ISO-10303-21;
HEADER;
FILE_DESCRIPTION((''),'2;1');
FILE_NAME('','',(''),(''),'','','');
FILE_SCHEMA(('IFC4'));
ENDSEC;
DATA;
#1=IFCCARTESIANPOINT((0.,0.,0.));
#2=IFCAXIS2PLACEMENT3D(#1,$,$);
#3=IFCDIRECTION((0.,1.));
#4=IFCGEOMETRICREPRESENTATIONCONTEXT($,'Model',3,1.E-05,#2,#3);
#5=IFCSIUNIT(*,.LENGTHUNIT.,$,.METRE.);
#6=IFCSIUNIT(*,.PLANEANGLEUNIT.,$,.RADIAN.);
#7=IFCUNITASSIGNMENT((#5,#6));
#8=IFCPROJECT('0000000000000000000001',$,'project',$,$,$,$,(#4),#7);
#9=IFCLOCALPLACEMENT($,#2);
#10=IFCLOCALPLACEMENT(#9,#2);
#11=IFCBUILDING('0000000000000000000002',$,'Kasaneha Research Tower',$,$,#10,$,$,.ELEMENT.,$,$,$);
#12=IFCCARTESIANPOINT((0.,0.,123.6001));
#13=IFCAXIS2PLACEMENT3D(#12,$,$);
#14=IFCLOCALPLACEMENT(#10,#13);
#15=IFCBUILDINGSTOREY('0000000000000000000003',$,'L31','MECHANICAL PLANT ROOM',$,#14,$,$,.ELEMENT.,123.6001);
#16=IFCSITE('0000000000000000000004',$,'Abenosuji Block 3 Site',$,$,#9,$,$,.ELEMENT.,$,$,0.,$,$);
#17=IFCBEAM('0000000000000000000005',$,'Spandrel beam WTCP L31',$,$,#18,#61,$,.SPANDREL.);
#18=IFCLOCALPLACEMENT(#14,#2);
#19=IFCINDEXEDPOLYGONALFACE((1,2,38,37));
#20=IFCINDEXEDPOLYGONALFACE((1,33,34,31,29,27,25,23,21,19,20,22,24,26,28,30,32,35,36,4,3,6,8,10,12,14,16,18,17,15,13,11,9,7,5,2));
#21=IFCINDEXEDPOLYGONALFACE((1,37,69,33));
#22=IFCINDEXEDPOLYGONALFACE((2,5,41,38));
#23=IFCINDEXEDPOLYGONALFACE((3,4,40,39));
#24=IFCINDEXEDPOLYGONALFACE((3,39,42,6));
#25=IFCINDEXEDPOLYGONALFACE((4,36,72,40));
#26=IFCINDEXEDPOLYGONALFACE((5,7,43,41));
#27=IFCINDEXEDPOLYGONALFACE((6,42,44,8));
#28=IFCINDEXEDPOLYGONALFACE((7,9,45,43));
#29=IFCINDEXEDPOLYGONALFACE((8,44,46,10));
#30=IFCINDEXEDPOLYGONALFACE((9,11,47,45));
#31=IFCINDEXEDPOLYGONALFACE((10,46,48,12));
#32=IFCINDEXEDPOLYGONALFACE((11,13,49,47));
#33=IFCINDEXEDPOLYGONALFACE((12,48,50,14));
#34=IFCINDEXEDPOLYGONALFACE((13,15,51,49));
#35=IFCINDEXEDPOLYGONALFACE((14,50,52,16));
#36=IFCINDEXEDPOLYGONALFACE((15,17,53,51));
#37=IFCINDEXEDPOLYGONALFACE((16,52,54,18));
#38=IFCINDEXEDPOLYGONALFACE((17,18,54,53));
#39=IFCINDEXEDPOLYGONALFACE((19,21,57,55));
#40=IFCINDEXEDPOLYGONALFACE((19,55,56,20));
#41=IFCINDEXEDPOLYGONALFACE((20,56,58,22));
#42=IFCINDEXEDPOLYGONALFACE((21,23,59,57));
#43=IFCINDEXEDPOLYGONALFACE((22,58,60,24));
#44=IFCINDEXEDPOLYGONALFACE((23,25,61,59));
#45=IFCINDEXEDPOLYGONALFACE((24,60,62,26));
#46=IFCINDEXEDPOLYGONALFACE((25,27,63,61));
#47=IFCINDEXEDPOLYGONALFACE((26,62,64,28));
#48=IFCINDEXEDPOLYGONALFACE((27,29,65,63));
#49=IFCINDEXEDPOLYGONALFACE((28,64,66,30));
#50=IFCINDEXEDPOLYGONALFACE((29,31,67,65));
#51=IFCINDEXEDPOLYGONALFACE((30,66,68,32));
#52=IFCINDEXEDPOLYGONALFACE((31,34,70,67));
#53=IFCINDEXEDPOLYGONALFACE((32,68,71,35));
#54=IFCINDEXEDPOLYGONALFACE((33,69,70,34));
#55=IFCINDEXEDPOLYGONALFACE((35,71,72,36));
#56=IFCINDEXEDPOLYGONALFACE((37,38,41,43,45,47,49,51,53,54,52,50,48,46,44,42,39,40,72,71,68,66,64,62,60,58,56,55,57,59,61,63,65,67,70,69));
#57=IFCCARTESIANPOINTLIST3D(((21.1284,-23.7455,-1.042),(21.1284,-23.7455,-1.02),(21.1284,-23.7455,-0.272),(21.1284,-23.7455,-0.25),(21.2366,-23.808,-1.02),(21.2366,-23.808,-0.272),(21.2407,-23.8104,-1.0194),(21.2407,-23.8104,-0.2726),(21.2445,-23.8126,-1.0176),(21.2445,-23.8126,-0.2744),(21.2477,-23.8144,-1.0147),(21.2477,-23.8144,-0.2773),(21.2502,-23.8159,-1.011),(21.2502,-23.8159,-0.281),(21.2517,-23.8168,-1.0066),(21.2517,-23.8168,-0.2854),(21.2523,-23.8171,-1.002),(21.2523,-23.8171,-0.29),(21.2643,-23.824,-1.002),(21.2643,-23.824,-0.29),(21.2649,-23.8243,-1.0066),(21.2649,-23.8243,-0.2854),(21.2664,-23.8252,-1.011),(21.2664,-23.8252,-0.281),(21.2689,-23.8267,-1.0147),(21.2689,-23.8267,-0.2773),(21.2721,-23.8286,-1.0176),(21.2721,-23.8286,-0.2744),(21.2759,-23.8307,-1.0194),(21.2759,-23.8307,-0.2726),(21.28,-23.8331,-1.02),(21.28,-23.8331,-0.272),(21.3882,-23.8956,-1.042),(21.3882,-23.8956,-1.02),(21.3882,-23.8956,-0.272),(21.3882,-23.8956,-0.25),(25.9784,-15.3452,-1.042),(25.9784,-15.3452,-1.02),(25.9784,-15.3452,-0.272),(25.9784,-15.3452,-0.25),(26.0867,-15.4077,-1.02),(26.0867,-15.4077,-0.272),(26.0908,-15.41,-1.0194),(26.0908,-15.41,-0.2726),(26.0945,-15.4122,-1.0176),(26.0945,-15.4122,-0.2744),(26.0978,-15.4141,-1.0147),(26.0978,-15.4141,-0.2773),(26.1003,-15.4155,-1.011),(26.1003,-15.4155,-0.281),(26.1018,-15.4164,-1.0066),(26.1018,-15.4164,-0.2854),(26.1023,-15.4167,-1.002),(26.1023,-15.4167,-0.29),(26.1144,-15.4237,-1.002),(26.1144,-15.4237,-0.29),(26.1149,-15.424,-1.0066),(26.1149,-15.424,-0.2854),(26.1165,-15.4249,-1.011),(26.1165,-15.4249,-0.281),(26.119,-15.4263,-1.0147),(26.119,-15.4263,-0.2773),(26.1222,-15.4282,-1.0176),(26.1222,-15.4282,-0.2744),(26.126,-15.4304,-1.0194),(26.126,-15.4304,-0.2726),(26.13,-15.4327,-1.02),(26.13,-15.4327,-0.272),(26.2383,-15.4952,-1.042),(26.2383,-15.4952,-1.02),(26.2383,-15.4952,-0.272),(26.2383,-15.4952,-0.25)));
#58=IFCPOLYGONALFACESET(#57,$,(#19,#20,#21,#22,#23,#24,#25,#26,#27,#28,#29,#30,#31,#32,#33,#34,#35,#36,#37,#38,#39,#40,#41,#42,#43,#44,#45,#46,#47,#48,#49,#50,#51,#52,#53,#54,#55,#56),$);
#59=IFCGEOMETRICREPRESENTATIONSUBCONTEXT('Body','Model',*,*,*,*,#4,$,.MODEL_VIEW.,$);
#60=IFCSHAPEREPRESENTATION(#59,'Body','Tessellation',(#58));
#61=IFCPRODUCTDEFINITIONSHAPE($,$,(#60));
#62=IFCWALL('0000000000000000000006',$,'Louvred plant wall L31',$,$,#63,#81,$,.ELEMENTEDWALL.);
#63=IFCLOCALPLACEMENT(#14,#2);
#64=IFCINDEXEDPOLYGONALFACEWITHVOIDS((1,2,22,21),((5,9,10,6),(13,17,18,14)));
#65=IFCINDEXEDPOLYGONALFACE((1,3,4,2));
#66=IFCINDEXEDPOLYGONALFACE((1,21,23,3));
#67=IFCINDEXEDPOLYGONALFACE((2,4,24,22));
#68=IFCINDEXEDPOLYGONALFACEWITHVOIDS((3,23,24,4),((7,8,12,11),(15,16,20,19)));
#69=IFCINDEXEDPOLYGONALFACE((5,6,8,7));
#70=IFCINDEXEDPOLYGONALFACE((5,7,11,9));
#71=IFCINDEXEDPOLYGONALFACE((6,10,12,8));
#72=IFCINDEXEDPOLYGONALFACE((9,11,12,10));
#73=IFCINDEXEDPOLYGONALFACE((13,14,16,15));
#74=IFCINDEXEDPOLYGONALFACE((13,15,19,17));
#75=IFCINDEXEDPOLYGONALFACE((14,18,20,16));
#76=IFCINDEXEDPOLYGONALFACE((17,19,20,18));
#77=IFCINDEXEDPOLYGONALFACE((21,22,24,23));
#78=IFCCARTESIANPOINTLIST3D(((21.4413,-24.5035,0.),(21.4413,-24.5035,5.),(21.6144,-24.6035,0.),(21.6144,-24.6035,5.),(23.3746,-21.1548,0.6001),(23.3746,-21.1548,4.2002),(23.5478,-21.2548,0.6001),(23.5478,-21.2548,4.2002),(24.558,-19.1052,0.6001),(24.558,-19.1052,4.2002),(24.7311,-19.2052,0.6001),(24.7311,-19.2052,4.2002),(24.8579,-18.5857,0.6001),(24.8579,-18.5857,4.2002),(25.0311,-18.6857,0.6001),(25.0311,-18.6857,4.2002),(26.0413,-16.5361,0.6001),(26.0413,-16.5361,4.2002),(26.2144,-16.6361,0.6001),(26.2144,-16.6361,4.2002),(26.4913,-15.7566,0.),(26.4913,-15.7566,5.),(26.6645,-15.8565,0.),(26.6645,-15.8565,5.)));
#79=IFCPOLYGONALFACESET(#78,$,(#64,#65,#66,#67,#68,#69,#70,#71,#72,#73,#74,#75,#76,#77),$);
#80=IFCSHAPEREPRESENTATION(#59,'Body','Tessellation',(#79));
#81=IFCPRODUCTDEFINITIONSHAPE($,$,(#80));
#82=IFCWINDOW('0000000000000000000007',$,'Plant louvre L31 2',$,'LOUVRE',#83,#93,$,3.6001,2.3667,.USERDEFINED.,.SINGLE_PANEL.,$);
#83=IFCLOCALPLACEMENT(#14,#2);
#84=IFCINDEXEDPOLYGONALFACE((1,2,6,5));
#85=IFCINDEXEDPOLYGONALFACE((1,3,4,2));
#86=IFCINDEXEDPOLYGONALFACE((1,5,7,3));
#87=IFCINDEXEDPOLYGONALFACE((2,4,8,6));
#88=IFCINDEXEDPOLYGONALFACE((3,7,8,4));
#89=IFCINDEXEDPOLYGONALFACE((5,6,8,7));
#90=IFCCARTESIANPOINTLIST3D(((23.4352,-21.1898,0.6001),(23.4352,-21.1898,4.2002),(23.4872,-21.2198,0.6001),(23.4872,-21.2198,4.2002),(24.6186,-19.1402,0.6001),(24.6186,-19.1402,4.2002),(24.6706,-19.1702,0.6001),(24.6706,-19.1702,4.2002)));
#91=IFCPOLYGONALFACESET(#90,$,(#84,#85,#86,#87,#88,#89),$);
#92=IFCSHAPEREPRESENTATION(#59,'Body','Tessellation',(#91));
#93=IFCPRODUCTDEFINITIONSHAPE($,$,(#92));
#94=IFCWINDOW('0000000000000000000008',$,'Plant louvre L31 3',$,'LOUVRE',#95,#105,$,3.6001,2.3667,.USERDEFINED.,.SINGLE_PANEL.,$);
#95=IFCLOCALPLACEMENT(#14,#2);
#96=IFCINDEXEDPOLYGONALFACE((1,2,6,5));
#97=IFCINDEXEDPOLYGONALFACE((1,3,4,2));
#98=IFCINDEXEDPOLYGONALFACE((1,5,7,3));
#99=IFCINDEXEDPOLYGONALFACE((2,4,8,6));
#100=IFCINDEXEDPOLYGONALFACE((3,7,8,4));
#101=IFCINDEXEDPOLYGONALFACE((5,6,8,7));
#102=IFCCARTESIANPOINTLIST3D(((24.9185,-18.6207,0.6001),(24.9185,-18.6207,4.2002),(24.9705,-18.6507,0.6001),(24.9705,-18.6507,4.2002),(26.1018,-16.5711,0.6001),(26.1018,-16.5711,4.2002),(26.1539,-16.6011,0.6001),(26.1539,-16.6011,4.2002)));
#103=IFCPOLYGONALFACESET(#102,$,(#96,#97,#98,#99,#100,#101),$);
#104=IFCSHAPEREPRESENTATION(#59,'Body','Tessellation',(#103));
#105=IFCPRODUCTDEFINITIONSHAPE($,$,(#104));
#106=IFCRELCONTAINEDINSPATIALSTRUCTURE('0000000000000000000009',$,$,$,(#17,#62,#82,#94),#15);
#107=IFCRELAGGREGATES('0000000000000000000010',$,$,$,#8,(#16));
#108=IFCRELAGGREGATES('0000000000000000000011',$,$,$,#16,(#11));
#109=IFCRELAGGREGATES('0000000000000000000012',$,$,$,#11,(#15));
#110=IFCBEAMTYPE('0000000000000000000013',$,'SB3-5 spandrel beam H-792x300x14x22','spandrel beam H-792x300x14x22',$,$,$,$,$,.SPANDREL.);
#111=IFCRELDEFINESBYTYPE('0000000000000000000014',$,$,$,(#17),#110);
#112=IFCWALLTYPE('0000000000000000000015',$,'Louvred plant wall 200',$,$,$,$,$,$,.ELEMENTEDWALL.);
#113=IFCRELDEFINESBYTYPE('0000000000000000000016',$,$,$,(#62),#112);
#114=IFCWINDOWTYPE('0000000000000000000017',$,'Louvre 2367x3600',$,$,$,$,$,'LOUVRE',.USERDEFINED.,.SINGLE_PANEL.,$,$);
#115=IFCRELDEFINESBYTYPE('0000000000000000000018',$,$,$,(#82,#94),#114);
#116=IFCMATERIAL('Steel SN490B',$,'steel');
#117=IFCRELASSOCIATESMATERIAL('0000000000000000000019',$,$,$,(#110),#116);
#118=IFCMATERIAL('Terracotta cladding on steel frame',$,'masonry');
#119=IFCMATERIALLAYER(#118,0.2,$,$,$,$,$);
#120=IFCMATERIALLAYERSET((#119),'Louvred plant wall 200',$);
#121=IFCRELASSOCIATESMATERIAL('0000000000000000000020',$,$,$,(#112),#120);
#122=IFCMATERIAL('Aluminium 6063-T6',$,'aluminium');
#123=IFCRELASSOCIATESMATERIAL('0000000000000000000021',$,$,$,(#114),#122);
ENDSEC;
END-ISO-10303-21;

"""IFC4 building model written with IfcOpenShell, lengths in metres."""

from ifc_helpers import new_model, si_unit, direction, frame, frame_2d, origin, origin_2d, place, context, subcontext, project, spatial, rectangle, i_section, extrude, material, layer, layer_set, material_profile, profile_set, type_object, element, fill, save


model = new_model("IFC4")

# Units and contexts
model_context = context("Model", 3, precision=1e-05, world=origin(), true_north=direction((0.0, 1.0)))
body_context = subcontext(model_context, "Body", "Model", "MODEL_VIEW")
ifc_project = project(units=[si_unit("LENGTHUNIT", "METRE"), si_unit("PLANEANGLEUNIT", "RADIAN")], contexts=[model_context])

# Site, building, storey
site_placement = place(None, origin())
site = spatial("IfcSite", under=ifc_project, at=site_placement, Name="Abenosuji Block 3 Site", CompositionType="ELEMENT", RefElevation=0.0)
building_placement = place(site_placement, origin())
building = spatial("IfcBuilding", under=site, at=building_placement, Name="Kasaneha Research Tower", CompositionType="ELEMENT")
storey_placement = place(building_placement, frame((0.0, 0.0, 123.6001)))
storey = spatial("IfcBuildingStorey", under=building, at=storey_placement, Name="L31", Description="MECHANICAL PLANT ROOM", CompositionType="ELEMENT", Elevation=123.6001)

# Beam
ifc_material_1 = material(Name="Steel SN490B", Category="steel")
ifc_material_profile_1 = material_profile(ifc_material_1, i_section(OverallWidth=0.3, OverallDepth=0.792, WebThickness=0.0139, FlangeThickness=0.022, FilletRadius=0.0181, at=origin_2d()), Name="H-792x300x14x22")
ifc_profile_set_1 = profile_set([ifc_material_profile_1], Name="Steel SN490B")
beam_type_1 = type_object("IfcBeamType", Name="SB3-5 spandrel beam H-792x300x14x22", Description="spandrel beam H-792x300x14x22", PredefinedType="SPANDREL", material=ifc_profile_set_1)
beam_1_placement = place(storey_placement, frame((21.2583, -23.8206, -0.646), z_axis=(0.50001, 0.86602, 0.0), x_axis=(-0.86602, 0.50001, 0.0)))
element("IfcBeam", 1, at=beam_1_placement, inside=storey, type_object=beam_type_1, Name="Spandrel beam WTCP L31", PredefinedType="SPANDREL", context=body_context, shape_type="SweptSolid", body=[
    extrude(i_section(OverallWidth=0.3, OverallDepth=0.792, WebThickness=0.0139, FlangeThickness=0.022, FilletRadius=0.0181, at=origin_2d()), origin(), (0.0, 0.0, 1.0), 9.7),
])

# Wall, openings, windows
ifc_material_2 = material(Name="Terracotta cladding on steel frame", Category="masonry")
ifc_layer = layer(ifc_material_2, 0.2)
ifc_layer_set = layer_set([ifc_layer], Name="Louvred plant wall 200")
wall_type = type_object("IfcWallType", Name="Louvred plant wall 200", PredefinedType="ELEMENTEDWALL", material=ifc_layer_set)
wall_placement = place(storey_placement, frame((21.5278, -24.5535, 0.0), z_axis=(0.0, 0.0, 1.0), x_axis=(0.500005, 0.866023, 0.0)))
wall = element("IfcWall", 2, at=wall_placement, inside=storey, type_object=wall_type, Name="Louvred plant wall L31", PredefinedType="ELEMENTEDWALL", context=body_context, shape_type="SweptSolid", body=[
    extrude(rectangle(XDim=10.1001, YDim=0.2, at=frame_2d((5.05, 0.0))), origin(), (0.0, 0.0, 1.0), 5.0),
])
opening_1_placement = place(wall_placement, frame((3.8667, 0.0, 0.6001)))
opening_1 = element("IfcOpeningElement", 3, at=opening_1_placement, cuts=wall, PredefinedType="OPENING", context=body_context, shape_type="SweptSolid", body=[
    extrude(rectangle(XDim=2.3667, YDim=3.6001, at=frame_2d((1.1833, 1.8))), frame((0.0, 0.1099, 0.0), z_axis=(0.0, -1.0, 0.0), x_axis=(1.0, 0.0, 0.0)), (0.0, 0.0, 1.0), 0.22),
])
opening_2_placement = place(wall_placement, frame((6.8333, 0.0, 0.6001)))
opening_2 = element("IfcOpeningElement", 4, at=opening_2_placement, cuts=wall, PredefinedType="OPENING", context=body_context, shape_type="SweptSolid", body=[
    extrude(rectangle(XDim=2.3667, YDim=3.6001, at=frame_2d((1.1833, 1.8))), frame((0.0, 0.1099, 0.0), z_axis=(0.0, -1.0, 0.0), x_axis=(1.0, 0.0, 0.0)), (0.0, 0.0, 1.0), 0.22),
])
ifc_material_3 = material(Name="Aluminium 6063-T6", Category="aluminium")
window_type = type_object("IfcWindowType", Name="Louvre 2367x3600", ElementType="LOUVRE", PartitioningType="SINGLE_PANEL", PredefinedType="USERDEFINED", material=ifc_material_3)
window_1_placement = place(opening_1_placement, origin())
window_1 = element("IfcWindow", 5, at=window_1_placement, inside=storey, type_object=window_type, Name="Plant louvre L31 2", ObjectType="LOUVRE", OverallHeight=3.6001, OverallWidth=2.3667, PartitioningType="SINGLE_PANEL", PredefinedType="USERDEFINED", context=body_context, shape_type="SweptSolid", body=[
    extrude(rectangle(XDim=2.3667, YDim=3.6001, at=frame_2d((1.1833, 1.8))), frame((0.0, 0.03, 0.0), z_axis=(0.0, -1.0, 0.0), x_axis=(1.0, 0.0, 0.0)), (0.0, 0.0, 1.0), 0.0601),
])
fill(opening_1, window_1)
window_2_placement = place(opening_2_placement, origin())
window_2 = element("IfcWindow", 6, at=window_2_placement, inside=storey, type_object=window_type, Name="Plant louvre L31 3", ObjectType="LOUVRE", OverallHeight=3.6001, OverallWidth=2.3667, PartitioningType="SINGLE_PANEL", PredefinedType="USERDEFINED", context=body_context, shape_type="SweptSolid", body=[
    extrude(rectangle(XDim=2.3667, YDim=3.6001, at=frame_2d((1.1833, 1.8))), frame((0.0, 0.03, 0.0), z_axis=(0.0, -1.0, 0.0), x_axis=(1.0, 0.0, 0.0)), (0.0, 0.0, 1.0), 0.0601),
])
fill(opening_2, window_2)

save(model, "model.ifc")
